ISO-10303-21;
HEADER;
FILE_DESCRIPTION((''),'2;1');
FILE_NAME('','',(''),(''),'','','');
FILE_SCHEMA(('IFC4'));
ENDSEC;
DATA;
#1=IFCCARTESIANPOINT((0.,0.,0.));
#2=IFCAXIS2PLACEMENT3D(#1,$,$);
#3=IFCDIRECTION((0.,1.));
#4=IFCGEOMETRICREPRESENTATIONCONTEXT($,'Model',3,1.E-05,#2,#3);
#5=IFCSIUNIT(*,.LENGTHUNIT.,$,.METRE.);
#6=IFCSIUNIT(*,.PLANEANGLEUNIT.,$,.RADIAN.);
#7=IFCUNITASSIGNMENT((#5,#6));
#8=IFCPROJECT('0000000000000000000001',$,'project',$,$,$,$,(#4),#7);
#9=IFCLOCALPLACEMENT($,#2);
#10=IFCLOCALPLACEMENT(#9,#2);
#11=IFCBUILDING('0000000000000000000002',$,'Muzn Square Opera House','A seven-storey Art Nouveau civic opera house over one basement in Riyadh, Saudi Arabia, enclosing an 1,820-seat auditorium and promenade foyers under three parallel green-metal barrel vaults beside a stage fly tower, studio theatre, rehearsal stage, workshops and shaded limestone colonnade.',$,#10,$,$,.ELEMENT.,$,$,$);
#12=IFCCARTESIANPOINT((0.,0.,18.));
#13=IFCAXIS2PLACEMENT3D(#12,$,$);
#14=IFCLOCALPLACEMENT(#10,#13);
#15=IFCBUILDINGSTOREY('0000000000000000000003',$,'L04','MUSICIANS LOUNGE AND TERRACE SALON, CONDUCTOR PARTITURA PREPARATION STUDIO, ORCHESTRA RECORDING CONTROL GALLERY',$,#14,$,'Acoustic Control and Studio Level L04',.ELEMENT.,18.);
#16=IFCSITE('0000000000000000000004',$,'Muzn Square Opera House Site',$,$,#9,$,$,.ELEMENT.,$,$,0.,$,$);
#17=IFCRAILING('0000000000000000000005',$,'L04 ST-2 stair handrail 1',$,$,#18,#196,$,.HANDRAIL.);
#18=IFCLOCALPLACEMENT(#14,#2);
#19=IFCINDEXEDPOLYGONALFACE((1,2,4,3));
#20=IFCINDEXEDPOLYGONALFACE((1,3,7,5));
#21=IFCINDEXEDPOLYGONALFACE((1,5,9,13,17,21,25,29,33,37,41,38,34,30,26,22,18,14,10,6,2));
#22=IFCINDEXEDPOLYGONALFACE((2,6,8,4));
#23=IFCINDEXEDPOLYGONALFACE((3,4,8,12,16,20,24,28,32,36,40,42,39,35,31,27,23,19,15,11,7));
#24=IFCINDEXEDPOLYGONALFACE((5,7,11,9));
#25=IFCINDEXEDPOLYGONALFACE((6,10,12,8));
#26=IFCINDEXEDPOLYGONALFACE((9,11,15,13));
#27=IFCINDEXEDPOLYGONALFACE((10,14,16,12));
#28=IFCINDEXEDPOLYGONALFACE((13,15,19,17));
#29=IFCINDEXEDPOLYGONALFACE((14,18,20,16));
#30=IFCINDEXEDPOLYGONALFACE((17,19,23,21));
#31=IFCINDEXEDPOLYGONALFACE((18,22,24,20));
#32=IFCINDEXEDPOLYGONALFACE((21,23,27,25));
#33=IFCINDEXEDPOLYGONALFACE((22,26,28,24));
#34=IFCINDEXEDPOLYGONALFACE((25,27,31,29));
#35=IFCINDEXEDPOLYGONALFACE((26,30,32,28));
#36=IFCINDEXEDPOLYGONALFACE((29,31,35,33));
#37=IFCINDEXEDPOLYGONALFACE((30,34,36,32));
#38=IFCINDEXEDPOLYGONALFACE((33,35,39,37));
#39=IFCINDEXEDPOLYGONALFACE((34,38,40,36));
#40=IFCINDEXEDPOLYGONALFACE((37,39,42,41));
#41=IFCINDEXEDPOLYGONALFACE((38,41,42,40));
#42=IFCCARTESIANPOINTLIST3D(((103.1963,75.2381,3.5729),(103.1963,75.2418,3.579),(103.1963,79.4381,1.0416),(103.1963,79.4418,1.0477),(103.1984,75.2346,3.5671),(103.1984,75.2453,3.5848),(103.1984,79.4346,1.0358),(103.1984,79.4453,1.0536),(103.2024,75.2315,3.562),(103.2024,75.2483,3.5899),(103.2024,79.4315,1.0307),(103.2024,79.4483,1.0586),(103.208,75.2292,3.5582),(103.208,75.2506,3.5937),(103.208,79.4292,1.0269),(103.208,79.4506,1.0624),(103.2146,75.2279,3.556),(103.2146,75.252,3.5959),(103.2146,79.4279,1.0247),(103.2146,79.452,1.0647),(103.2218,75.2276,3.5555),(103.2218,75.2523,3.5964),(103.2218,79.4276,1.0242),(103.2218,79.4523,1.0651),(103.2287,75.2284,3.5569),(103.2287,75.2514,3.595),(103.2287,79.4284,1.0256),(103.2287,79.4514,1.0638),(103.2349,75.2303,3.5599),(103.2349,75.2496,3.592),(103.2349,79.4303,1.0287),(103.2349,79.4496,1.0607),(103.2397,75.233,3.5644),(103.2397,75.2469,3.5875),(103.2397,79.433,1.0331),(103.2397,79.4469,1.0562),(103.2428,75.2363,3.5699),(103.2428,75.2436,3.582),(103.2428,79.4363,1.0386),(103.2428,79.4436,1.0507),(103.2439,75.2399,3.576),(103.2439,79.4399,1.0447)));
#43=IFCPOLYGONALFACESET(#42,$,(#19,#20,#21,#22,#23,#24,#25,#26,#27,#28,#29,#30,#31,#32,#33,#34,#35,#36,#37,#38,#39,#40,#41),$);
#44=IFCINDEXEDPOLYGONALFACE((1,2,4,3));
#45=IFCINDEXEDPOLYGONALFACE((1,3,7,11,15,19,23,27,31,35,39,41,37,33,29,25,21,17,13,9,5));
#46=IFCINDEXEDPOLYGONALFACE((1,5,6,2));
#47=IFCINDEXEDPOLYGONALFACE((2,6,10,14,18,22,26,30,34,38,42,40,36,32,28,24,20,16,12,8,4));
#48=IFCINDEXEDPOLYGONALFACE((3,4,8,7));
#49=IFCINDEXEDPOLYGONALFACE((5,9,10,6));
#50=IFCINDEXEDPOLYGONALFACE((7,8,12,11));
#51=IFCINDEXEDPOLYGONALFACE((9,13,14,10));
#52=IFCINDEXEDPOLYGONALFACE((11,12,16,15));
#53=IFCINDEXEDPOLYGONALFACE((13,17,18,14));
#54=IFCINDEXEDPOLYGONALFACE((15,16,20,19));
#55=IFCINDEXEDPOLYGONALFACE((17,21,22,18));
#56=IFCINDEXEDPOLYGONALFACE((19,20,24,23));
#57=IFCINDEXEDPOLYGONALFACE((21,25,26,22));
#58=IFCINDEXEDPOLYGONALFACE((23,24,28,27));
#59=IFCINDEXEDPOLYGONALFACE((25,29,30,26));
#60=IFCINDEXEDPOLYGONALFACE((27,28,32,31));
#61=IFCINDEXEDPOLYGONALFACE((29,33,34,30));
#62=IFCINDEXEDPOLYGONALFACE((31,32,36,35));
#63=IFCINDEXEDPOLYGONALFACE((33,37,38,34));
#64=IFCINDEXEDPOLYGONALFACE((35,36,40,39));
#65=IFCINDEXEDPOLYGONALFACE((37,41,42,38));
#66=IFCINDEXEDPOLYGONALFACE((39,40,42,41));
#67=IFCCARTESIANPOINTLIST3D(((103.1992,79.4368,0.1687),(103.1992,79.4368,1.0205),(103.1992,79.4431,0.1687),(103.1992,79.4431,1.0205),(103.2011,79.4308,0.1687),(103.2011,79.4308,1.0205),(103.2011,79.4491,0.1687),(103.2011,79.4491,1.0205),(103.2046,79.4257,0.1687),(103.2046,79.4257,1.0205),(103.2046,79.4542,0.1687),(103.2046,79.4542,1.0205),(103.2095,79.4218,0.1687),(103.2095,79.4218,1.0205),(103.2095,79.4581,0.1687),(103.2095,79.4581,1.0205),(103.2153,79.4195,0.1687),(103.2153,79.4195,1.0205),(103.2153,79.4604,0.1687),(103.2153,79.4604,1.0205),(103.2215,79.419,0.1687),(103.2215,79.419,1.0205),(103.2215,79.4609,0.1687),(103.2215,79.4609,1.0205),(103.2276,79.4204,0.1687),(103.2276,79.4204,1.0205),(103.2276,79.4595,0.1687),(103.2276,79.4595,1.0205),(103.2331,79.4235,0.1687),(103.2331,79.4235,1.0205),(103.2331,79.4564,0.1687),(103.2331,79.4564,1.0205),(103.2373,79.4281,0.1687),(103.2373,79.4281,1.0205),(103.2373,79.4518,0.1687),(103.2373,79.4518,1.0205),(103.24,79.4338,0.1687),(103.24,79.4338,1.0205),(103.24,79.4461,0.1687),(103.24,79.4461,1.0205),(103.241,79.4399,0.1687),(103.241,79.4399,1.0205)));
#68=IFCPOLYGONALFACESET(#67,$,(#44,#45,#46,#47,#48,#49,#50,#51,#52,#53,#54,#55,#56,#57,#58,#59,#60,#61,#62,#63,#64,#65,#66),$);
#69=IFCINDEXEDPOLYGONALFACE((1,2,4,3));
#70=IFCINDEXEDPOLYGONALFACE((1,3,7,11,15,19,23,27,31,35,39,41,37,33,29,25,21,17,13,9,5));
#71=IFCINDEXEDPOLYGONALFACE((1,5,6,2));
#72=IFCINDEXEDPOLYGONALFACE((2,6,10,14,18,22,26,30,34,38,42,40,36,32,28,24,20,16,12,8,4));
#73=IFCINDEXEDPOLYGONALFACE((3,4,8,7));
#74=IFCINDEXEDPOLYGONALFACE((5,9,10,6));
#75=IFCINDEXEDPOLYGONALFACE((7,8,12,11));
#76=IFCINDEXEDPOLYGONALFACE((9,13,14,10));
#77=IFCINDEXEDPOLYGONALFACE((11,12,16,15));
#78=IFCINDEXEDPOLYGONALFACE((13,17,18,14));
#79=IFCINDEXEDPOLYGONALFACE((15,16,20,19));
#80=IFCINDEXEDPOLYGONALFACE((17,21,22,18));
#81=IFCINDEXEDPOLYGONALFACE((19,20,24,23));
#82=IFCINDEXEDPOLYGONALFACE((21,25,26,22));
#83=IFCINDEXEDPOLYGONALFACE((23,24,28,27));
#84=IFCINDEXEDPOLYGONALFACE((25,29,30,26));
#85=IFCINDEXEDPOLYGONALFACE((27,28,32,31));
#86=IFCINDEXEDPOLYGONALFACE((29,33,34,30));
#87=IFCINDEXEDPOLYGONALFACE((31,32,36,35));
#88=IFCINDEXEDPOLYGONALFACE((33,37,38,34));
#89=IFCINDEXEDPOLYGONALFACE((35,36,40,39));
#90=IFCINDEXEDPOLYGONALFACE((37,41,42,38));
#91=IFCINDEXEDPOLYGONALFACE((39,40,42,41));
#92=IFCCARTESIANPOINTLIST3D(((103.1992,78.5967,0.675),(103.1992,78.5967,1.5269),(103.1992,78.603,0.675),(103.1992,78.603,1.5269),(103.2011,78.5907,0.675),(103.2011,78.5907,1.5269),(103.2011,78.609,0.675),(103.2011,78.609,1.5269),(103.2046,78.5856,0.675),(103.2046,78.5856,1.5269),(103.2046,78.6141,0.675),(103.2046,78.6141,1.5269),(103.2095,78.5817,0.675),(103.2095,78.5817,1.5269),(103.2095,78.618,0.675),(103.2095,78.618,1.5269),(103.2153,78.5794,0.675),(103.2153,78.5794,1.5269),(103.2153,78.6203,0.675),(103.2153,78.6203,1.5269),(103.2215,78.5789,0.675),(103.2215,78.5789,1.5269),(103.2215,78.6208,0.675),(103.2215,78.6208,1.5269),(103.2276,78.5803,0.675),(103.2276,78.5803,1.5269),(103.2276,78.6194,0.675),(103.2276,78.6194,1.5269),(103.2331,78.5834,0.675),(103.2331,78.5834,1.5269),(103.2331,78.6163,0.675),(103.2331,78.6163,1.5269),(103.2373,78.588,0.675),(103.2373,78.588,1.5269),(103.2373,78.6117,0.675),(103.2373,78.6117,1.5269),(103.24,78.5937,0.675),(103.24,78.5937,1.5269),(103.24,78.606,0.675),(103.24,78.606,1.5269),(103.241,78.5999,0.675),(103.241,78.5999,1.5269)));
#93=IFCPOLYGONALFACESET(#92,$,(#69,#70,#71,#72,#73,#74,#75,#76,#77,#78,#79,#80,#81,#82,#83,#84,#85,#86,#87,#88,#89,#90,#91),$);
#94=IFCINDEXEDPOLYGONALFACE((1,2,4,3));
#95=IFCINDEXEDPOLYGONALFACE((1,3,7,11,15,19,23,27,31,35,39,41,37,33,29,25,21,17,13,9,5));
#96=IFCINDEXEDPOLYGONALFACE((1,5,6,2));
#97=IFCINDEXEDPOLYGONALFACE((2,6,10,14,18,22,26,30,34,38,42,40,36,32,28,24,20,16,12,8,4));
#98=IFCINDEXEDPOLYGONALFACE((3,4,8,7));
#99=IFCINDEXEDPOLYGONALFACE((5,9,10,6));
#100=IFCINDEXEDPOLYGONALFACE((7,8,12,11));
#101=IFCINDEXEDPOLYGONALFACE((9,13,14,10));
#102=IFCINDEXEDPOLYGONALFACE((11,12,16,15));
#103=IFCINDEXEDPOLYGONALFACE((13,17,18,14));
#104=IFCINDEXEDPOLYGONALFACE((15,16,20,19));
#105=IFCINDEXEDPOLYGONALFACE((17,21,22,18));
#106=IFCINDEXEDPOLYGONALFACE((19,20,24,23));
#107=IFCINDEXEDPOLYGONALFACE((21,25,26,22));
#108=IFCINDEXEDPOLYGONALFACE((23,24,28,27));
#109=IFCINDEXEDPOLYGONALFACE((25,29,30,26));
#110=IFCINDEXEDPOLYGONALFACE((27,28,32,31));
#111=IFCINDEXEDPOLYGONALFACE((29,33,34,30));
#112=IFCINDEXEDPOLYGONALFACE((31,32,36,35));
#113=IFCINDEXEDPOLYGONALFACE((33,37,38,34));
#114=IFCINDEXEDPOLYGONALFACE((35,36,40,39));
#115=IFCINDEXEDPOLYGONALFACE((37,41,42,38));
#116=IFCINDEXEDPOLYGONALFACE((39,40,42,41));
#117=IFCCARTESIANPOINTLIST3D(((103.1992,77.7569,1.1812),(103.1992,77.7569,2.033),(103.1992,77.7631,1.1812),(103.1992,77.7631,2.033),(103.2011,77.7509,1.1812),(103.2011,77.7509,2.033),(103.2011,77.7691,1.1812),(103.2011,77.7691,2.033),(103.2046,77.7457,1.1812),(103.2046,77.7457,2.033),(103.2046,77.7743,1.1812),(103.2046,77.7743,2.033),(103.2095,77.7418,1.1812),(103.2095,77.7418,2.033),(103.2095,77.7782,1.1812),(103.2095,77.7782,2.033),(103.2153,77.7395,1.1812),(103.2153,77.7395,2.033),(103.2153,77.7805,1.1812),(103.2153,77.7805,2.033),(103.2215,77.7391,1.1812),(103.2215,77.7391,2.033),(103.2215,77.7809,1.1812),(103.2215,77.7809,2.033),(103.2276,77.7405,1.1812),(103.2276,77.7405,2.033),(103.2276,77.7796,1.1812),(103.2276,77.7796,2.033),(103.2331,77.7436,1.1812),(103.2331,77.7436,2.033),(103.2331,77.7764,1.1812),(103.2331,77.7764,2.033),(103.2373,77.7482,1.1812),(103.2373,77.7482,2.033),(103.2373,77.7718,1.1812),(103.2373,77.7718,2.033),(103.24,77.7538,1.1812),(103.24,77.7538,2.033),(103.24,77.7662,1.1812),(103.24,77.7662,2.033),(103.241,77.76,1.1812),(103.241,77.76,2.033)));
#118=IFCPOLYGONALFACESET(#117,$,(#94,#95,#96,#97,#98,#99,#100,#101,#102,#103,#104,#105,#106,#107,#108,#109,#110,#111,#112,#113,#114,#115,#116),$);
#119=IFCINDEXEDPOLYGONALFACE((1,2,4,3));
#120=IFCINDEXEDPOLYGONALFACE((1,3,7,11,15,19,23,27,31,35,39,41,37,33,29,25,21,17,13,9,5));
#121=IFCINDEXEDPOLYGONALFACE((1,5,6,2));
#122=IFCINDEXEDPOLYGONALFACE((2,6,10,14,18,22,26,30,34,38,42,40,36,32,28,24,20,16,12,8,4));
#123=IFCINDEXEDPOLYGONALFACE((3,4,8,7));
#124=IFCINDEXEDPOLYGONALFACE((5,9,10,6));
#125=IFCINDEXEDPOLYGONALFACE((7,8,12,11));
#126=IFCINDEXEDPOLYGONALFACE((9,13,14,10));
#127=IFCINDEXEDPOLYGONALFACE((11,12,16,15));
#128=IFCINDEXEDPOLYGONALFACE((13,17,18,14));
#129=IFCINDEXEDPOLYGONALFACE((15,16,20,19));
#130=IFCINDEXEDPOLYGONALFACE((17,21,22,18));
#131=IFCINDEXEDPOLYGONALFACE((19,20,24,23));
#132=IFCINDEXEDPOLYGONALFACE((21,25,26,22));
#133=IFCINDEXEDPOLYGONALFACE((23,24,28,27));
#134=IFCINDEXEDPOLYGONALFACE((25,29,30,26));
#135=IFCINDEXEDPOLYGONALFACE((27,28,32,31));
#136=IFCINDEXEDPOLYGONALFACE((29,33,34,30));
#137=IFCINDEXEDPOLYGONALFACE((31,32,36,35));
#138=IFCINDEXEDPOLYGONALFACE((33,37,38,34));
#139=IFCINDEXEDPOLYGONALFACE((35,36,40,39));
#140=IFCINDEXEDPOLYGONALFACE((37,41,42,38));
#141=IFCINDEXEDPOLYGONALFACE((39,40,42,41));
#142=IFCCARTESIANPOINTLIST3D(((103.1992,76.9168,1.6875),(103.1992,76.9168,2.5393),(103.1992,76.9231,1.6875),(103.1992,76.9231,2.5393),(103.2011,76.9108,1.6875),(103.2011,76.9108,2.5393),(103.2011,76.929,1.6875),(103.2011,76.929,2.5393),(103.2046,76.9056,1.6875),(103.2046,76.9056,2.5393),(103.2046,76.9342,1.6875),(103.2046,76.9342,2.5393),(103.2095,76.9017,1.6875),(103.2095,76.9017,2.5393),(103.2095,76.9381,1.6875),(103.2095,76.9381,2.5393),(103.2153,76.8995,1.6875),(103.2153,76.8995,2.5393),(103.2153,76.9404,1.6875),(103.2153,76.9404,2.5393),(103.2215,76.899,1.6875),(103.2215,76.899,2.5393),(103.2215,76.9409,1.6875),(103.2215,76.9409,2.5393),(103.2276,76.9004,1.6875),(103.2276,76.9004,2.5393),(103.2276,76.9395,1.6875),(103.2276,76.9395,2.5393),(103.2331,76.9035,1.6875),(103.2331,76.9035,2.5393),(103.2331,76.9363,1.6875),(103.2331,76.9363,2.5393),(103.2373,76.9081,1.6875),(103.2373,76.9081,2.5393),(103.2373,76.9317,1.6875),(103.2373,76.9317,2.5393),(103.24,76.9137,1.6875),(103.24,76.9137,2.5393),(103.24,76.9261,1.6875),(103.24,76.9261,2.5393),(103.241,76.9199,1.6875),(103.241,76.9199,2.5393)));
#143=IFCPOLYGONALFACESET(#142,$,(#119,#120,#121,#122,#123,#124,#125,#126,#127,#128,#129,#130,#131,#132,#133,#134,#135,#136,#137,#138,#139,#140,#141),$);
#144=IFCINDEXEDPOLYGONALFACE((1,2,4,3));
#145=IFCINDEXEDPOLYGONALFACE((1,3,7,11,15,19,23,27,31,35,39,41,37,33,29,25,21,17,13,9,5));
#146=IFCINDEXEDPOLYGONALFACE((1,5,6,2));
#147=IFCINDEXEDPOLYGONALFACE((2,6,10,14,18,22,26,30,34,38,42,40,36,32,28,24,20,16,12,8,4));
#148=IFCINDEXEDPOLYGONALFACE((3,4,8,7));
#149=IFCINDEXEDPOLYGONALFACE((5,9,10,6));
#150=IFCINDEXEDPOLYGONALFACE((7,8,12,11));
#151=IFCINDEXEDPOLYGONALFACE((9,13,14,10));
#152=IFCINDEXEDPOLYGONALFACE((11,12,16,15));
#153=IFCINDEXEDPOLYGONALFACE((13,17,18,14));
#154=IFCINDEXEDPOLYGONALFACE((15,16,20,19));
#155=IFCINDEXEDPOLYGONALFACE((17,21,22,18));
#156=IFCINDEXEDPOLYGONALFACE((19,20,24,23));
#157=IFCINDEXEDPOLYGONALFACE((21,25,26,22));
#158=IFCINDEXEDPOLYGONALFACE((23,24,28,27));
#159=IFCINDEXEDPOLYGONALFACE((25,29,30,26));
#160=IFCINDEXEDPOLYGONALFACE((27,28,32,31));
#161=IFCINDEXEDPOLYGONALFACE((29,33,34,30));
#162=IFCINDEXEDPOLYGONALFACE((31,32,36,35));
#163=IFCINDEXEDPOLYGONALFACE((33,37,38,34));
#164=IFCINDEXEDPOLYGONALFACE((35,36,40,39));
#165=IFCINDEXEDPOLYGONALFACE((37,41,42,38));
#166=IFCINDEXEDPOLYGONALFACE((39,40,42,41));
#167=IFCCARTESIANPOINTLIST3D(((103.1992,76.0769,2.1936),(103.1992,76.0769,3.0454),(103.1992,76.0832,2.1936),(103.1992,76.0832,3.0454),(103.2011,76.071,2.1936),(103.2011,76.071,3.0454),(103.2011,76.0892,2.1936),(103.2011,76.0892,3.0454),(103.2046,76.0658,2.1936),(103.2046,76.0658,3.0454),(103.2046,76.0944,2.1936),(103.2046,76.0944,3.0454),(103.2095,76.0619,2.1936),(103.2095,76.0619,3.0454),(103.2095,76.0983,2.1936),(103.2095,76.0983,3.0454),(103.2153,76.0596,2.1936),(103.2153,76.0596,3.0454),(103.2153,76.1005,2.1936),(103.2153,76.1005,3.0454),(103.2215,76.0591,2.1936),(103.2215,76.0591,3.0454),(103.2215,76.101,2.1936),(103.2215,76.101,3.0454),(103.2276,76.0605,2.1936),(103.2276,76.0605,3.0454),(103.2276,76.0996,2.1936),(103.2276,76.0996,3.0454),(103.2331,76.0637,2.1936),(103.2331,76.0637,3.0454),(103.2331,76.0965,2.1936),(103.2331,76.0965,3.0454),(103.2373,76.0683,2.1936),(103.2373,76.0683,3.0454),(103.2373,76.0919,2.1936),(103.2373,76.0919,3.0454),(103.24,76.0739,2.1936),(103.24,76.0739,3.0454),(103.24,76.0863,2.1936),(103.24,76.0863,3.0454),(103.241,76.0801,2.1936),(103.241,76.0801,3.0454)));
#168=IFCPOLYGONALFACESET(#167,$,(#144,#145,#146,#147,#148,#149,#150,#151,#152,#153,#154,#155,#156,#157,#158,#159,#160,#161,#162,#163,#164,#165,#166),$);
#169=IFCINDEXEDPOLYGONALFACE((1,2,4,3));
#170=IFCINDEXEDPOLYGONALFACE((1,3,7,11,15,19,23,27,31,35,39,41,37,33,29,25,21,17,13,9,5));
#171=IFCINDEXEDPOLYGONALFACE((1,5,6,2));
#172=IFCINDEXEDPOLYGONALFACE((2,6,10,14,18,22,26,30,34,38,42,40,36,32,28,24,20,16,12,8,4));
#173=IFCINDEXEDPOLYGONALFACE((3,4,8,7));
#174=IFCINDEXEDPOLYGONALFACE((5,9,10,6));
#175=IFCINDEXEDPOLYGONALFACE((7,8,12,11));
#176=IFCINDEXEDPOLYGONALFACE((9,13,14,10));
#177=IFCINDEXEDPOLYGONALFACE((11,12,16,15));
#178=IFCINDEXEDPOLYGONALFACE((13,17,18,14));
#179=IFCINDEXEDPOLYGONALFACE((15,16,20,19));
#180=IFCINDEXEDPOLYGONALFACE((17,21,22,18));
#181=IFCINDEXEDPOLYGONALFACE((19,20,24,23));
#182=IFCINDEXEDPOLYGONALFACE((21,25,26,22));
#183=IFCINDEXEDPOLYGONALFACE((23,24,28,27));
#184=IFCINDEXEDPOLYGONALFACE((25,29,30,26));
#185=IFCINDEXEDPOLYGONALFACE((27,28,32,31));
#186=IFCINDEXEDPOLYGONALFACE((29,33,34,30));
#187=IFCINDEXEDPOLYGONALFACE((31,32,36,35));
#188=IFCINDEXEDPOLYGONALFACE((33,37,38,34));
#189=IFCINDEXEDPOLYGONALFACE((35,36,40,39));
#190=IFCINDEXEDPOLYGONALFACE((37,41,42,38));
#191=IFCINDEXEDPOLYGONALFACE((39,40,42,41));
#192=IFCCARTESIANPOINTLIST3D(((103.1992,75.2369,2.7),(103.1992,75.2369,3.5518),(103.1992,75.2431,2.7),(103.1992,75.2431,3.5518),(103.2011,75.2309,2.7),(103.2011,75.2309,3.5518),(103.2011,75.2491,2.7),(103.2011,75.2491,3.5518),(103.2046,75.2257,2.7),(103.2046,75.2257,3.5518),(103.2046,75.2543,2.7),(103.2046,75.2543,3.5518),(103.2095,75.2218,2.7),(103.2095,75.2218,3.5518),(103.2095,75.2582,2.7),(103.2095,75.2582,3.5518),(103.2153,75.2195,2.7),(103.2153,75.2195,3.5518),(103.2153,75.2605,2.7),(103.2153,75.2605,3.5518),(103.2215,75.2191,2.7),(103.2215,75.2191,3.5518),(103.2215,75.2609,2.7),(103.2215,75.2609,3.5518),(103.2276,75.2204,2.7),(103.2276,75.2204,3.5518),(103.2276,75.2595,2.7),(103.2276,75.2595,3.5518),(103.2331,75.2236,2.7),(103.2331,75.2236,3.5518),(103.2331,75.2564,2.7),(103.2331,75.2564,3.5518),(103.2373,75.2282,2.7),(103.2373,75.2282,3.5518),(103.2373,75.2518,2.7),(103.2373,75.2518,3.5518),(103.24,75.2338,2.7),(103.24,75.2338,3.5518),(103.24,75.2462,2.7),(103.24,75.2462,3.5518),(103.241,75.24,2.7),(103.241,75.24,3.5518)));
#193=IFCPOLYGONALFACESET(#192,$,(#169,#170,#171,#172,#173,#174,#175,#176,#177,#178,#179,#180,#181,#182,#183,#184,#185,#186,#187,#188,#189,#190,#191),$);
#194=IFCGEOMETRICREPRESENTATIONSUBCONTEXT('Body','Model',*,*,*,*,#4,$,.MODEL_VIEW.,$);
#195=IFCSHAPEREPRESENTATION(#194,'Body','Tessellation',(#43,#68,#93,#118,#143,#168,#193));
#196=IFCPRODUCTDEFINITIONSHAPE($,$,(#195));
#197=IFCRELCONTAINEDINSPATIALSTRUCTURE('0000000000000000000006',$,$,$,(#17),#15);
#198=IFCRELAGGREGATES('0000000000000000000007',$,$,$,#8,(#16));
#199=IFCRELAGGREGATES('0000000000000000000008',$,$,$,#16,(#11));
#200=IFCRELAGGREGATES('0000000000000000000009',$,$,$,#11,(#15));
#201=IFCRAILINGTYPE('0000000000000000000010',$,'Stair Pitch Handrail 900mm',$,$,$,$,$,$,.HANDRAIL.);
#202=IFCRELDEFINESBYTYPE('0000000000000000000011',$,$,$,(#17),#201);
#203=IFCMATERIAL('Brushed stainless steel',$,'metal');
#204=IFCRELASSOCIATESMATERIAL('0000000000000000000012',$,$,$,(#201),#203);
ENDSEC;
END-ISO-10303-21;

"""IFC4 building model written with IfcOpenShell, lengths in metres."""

from ifc_helpers import new_model, si_unit, direction, frame, origin, origin_2d, place, context, subcontext, project, spatial, circle, extrude, material, type_object, element, save


model = new_model("IFC4")

# Units and contexts
model_context = context("Model", 3, precision=1e-05, world=origin(), true_north=direction((0.0, 1.0)))
body_context = subcontext(model_context, "Body", "Model", "MODEL_VIEW")
ifc_project = project(units=[si_unit("LENGTHUNIT", "METRE"), si_unit("PLANEANGLEUNIT", "RADIAN")], contexts=[model_context])

# Site, building, storey
site_placement = place(None, origin())
site = spatial("IfcSite", under=ifc_project, at=site_placement, Name="Muzn Square Opera House Site", CompositionType="ELEMENT", RefElevation=0.0)
building_placement = place(site_placement, origin())
building = spatial("IfcBuilding", under=site, at=building_placement, Name="Muzn Square Opera House", Description="A seven-storey Art Nouveau civic opera house over one basement in Riyadh, Saudi Arabia, enclosing an 1,820-seat auditorium and promenade foyers under three parallel green-metal barrel vaults beside a stage fly tower, studio theatre, rehearsal stage, workshops and shaded limestone colonnade.", CompositionType="ELEMENT")
storey_placement = place(building_placement, frame((0.0, 0.0, 18.0)))
storey = spatial("IfcBuildingStorey", under=building, at=storey_placement, Name="L04", Description="MUSICIANS LOUNGE AND TERRACE SALON, CONDUCTOR PARTITURA PREPARATION STUDIO, ORCHESTRA RECORDING CONTROL GALLERY", LongName="Acoustic Control and Studio Level L04", CompositionType="ELEMENT", Elevation=18.0)

# Shared definitions
ifc_material_1 = material(Name="Brushed stainless steel", Category="metal")

# Railing
railing_type_1 = type_object("IfcRailingType", Name="Stair Pitch Handrail 900mm", PredefinedType="HANDRAIL", material=ifc_material_1)
railing_1_placement = place(storey_placement, frame((103.22, 79.4399, 0.1687)))
element("IfcRailing", 1, at=railing_1_placement, inside=storey, type_object=railing_type_1, Name="L04 ST-2 stair handrail 1", PredefinedType="HANDRAIL", context=body_context, shape_type="SweptSolid", body=[
    extrude(circle(Radius=0.0239, at=origin_2d()), frame((0.0, 0.0, 0.876), z_axis=(0.0, -0.856476, 0.516186), x_axis=(1.0, 0.0, 0.0)), (0.0, 0.0, 1.0), 4.9038),
    extrude(circle(Radius=0.021, at=origin_2d()), origin(), (0.0, 0.0, 1.0), 0.8518),
    extrude(circle(Radius=0.021, at=origin_2d()), frame((0.0, -0.8401, 0.5063)), (0.0, 0.0, 1.0), 0.8518),
    extrude(circle(Radius=0.021, at=origin_2d()), frame((0.0, -1.6799, 1.0125)), (0.0, 0.0, 1.0), 0.8518),
    extrude(circle(Radius=0.021, at=origin_2d()), frame((0.0, -2.52, 1.5188)), (0.0, 0.0, 1.0), 0.8518),
    extrude(circle(Radius=0.021, at=origin_2d()), frame((0.0, -3.3599, 2.0249)), (0.0, 0.0, 1.0), 0.8518),
    extrude(circle(Radius=0.021, at=origin_2d()), frame((0.0, -4.2, 2.5312)), (0.0, 0.0, 1.0), 0.8518),
])

save(model, "model.ifc")
